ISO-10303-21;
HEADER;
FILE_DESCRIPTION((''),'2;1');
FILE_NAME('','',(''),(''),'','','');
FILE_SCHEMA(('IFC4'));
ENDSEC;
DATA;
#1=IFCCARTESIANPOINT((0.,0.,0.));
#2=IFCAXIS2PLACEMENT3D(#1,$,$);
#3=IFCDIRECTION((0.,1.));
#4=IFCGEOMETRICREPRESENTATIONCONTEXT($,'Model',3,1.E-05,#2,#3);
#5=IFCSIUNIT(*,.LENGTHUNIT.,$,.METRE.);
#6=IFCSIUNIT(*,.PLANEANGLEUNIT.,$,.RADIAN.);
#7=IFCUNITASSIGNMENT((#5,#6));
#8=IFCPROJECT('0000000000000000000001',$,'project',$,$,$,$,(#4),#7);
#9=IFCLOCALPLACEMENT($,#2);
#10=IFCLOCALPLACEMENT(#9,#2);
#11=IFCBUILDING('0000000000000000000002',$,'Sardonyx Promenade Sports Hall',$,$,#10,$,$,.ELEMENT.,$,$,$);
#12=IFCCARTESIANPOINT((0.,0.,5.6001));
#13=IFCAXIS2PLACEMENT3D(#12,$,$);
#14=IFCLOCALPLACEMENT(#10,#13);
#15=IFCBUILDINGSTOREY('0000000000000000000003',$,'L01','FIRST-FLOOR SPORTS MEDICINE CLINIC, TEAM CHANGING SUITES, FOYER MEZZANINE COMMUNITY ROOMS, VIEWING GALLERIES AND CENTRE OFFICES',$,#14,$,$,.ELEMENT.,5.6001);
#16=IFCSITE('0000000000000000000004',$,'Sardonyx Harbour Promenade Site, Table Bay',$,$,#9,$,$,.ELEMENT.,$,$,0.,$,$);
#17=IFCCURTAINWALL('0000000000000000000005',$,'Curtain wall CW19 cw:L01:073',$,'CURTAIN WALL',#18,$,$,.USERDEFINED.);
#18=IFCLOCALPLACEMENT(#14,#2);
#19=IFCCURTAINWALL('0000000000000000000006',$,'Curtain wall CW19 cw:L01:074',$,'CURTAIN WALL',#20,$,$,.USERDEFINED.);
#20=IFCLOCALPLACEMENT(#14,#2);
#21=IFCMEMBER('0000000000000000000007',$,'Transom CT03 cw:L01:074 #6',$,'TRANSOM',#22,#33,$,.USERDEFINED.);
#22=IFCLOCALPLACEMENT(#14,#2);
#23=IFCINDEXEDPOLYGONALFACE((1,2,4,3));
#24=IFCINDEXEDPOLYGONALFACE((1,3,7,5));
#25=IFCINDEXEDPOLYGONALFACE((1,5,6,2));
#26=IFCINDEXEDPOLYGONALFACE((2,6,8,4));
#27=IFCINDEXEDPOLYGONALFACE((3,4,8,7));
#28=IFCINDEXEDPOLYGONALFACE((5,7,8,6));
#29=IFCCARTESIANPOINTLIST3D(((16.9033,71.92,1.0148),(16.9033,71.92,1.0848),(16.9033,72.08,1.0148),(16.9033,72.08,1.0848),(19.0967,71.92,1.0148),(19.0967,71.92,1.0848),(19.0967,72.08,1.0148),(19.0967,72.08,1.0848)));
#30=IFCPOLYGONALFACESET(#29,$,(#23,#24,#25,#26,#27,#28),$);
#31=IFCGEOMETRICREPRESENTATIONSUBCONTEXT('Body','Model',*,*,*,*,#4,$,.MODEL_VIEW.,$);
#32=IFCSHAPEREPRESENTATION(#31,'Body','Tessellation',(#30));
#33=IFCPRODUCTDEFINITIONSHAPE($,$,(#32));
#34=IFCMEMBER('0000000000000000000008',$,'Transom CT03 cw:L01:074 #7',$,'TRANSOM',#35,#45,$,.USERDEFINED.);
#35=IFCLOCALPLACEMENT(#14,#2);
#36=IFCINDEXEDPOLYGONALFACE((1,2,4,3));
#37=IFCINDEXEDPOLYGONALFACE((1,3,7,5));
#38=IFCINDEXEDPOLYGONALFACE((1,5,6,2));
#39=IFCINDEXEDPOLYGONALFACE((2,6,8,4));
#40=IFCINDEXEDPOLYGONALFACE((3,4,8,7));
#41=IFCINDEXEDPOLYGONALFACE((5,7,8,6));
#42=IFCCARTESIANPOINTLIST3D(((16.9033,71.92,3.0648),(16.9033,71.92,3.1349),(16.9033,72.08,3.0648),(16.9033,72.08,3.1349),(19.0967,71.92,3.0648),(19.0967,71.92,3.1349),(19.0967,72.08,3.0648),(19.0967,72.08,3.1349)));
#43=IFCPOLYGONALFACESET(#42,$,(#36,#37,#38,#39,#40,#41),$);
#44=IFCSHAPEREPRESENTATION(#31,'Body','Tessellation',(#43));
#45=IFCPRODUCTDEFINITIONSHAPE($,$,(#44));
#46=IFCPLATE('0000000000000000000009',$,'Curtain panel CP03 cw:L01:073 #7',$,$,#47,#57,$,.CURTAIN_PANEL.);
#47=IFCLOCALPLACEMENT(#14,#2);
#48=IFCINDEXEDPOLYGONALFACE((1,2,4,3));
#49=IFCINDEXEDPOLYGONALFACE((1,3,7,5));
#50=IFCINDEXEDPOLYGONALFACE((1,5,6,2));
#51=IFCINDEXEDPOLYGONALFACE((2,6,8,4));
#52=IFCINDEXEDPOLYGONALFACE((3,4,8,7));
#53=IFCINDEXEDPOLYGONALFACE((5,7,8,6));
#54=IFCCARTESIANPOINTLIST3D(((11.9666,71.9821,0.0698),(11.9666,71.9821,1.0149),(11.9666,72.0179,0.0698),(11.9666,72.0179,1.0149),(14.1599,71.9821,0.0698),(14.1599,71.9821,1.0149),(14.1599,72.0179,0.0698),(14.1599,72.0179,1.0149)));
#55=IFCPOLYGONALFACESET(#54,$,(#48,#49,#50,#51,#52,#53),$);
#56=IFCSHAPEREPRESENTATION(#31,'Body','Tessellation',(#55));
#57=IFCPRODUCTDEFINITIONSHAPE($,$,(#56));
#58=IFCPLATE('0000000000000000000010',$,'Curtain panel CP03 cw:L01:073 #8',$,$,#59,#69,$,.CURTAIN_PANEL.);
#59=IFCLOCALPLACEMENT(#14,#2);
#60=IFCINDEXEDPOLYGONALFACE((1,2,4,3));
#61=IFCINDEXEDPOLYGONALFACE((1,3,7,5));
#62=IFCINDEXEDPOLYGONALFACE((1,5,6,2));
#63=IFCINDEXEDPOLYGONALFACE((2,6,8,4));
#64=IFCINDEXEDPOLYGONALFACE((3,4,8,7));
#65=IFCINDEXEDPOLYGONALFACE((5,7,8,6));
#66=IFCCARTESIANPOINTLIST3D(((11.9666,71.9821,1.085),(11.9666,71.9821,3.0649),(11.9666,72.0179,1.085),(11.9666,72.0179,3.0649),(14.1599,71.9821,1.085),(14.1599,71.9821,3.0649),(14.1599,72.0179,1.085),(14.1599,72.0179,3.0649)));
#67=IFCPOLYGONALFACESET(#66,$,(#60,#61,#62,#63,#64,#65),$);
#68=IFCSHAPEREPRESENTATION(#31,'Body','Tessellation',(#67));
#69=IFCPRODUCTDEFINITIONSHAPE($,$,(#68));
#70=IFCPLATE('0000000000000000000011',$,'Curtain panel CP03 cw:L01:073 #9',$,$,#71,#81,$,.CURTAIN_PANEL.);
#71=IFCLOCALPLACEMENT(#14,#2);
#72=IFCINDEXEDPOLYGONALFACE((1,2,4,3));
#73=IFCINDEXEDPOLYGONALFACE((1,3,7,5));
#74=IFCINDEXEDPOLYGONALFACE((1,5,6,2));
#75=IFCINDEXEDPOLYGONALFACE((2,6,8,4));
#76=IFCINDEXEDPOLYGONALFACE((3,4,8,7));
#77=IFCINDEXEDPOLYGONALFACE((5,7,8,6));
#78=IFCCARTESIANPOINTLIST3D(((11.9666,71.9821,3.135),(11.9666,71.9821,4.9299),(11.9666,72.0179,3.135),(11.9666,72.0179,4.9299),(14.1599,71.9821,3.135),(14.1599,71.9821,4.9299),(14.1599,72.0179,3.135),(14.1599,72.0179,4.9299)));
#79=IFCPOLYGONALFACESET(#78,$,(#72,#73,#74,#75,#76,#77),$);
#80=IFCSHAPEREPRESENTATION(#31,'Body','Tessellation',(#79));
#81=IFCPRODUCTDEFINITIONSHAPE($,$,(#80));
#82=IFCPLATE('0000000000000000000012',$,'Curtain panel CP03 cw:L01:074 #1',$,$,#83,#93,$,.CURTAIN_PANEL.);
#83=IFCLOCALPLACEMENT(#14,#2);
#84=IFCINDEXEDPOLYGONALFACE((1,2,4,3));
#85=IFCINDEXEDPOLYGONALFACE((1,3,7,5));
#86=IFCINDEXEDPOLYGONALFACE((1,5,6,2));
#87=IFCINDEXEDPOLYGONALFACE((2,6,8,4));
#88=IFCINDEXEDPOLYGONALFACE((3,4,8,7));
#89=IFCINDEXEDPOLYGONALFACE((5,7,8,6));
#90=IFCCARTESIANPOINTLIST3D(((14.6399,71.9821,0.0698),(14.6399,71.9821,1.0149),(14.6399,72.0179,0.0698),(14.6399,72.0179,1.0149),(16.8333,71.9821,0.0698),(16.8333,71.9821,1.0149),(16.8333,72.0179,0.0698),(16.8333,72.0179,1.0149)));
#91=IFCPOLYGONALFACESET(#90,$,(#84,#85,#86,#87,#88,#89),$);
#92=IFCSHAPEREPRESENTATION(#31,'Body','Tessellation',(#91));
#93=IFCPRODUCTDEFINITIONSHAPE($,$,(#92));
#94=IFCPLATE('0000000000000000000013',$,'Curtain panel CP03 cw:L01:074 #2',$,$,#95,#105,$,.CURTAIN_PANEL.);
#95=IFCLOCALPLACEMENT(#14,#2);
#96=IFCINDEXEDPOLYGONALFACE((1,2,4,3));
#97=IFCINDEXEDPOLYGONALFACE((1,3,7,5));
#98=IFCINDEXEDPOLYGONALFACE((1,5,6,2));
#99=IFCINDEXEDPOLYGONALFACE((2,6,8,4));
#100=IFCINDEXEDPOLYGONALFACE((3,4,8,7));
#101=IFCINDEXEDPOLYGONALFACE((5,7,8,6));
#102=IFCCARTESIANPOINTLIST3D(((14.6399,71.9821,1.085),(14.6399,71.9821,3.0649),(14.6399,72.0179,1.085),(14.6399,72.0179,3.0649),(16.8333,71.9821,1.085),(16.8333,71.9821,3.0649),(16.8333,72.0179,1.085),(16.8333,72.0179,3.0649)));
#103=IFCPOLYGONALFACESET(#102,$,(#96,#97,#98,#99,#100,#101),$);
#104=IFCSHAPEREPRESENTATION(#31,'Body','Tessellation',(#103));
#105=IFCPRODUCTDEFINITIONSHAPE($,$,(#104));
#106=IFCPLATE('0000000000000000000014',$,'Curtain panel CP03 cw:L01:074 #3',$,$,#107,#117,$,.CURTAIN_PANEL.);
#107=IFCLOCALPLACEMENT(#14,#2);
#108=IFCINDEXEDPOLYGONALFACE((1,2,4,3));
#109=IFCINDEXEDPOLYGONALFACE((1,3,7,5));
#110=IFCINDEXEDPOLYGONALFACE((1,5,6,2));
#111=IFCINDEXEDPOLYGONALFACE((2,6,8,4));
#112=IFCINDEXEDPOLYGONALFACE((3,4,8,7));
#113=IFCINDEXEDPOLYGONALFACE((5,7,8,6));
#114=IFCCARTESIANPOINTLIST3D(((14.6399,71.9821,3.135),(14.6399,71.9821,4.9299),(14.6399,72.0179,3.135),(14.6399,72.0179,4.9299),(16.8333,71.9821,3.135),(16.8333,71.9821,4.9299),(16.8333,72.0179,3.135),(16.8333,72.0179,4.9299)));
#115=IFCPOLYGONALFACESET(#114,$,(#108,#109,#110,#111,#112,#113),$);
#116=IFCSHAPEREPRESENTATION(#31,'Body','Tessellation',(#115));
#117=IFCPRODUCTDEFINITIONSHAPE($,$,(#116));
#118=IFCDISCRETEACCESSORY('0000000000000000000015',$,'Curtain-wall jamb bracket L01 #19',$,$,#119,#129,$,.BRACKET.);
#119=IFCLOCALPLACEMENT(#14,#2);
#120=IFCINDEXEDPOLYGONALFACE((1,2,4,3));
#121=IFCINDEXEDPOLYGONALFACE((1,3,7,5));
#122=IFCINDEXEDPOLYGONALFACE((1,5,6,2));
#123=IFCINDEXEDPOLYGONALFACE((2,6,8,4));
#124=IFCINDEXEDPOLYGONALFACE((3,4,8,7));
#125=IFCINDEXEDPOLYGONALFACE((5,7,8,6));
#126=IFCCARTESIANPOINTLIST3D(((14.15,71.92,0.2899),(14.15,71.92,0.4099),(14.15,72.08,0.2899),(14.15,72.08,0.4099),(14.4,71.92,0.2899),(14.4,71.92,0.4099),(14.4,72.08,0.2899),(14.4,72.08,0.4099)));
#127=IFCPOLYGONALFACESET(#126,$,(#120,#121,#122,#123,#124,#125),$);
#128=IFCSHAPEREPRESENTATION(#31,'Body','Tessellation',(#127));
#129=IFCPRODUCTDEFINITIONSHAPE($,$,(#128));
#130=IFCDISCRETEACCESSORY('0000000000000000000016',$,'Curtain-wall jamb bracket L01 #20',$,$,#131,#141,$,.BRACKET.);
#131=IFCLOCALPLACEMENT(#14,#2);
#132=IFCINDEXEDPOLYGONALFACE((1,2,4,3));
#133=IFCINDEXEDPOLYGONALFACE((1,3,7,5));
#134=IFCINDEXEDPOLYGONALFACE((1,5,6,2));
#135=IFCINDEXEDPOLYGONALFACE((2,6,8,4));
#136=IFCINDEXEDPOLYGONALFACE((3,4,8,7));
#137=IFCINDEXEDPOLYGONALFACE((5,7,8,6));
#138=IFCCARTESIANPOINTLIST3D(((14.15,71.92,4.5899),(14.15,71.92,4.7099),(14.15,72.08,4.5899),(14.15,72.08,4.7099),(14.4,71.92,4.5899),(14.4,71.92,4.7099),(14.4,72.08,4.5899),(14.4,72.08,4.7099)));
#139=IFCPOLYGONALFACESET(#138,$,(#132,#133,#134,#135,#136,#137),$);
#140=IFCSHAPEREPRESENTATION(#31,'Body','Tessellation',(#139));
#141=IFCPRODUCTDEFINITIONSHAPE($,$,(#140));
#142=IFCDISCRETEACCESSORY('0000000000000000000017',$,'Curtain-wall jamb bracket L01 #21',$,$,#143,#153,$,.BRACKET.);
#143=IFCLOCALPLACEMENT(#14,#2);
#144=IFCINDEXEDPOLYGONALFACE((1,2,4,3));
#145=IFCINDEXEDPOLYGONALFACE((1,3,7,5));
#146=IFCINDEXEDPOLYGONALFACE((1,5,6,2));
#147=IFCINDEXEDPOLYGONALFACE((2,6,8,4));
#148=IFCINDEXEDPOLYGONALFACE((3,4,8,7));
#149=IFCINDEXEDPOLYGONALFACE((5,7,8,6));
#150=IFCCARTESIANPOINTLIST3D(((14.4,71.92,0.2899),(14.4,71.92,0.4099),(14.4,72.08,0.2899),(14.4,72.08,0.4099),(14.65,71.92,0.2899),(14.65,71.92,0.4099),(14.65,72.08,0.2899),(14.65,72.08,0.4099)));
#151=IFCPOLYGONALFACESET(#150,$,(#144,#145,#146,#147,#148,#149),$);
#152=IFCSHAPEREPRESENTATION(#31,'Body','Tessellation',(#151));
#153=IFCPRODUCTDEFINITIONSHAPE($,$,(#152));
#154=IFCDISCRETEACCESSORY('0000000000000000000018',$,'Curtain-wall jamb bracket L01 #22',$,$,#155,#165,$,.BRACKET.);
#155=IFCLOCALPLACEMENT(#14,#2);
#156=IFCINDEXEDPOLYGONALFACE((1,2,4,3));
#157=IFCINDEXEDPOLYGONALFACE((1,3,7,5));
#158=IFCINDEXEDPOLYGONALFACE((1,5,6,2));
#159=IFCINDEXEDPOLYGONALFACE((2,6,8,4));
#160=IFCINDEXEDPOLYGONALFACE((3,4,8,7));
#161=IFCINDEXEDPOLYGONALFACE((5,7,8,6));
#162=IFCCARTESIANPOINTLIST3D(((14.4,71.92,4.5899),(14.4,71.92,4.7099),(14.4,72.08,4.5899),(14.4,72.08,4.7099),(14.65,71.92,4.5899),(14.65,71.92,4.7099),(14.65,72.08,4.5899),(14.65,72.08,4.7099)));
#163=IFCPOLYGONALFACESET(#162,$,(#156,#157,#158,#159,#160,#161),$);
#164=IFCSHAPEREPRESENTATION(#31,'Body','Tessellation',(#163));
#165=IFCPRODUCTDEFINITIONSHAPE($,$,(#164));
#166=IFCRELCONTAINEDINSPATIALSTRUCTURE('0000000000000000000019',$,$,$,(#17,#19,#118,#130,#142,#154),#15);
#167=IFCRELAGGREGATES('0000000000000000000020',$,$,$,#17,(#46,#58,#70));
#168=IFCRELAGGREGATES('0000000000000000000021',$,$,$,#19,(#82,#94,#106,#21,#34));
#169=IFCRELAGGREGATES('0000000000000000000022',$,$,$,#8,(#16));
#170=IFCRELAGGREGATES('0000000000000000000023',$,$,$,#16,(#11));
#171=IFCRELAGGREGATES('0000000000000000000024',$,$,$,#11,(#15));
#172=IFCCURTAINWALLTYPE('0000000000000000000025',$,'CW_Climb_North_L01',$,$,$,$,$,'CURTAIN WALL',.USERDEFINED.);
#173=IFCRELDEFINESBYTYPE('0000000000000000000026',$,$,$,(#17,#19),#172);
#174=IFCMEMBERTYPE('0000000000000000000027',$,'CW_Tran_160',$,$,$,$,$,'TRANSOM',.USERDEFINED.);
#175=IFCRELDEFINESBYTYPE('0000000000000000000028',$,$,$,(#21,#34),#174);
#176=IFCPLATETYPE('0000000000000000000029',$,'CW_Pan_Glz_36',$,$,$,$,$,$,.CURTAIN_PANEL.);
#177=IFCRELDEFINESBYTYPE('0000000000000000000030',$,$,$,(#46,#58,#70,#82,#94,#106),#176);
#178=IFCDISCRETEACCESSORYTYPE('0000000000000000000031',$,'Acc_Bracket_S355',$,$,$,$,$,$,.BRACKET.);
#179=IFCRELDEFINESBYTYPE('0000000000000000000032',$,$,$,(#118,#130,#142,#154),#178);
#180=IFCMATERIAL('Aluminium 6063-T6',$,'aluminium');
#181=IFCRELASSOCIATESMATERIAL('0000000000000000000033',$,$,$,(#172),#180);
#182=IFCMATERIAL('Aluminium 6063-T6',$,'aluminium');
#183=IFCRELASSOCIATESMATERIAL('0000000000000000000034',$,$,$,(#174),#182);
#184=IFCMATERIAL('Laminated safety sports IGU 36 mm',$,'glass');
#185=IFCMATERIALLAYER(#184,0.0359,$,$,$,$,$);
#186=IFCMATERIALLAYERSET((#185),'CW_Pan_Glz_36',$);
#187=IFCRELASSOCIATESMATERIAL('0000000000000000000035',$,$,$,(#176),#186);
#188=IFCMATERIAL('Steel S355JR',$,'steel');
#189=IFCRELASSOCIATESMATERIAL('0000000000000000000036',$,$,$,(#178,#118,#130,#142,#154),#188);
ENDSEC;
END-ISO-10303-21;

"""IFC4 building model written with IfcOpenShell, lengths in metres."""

from ifc_helpers import new_model, si_unit, direction, frame, origin, origin_2d, place, context, subcontext, project, spatial, rectangle, extrude, material, layer, layer_set, material_profile, profile_set, type_object, element, aggregate, save


model = new_model("IFC4")

# Units and contexts
model_context = context("Model", 3, precision=1e-05, world=origin(), true_north=direction((0.0, 1.0)))
body_context = subcontext(model_context, "Body", "Model", "MODEL_VIEW")
ifc_project = project(units=[si_unit("LENGTHUNIT", "METRE"), si_unit("PLANEANGLEUNIT", "RADIAN")], contexts=[model_context])

# Site, building, storey
site_placement = place(None, origin())
site = spatial("IfcSite", under=ifc_project, at=site_placement, Name="Sardonyx Harbour Promenade Site, Table Bay", CompositionType="ELEMENT", RefElevation=0.0)
building_placement = place(site_placement, origin())
building = spatial("IfcBuilding", under=site, at=building_placement, Name="Sardonyx Promenade Sports Hall", CompositionType="ELEMENT")
storey_placement = place(building_placement, frame((0.0, 0.0, 5.6001)))
storey = spatial("IfcBuildingStorey", under=building, at=storey_placement, Name="L01", Description="FIRST-FLOOR SPORTS MEDICINE CLINIC, TEAM CHANGING SUITES, FOYER MEZZANINE COMMUNITY ROOMS, VIEWING GALLERIES AND CENTRE OFFICES", CompositionType="ELEMENT", Elevation=5.6001)

# Curtain wall
ifc_material_1 = material(Name="Aluminium 6063-T6", Category="aluminium")
curtain_wall_type = type_object("IfcCurtainWallType", Name="CW_Climb_North_L01", ElementType="CURTAIN WALL", PredefinedType="USERDEFINED", material=ifc_material_1)
curtain_wall_1_placement = place(storey_placement, origin())
curtain_wall_1 = element("IfcCurtainWall", 1, at=curtain_wall_1_placement, inside=storey, type_object=curtain_wall_type, Name="Curtain wall CW19 cw:L01:073", ObjectType="CURTAIN WALL", PredefinedType="USERDEFINED")

# Curtain wall
curtain_wall_2_placement = place(storey_placement, origin())
curtain_wall_2 = element("IfcCurtainWall", 2, at=curtain_wall_2_placement, inside=storey, type_object=curtain_wall_type, Name="Curtain wall CW19 cw:L01:074", ObjectType="CURTAIN WALL", PredefinedType="USERDEFINED")

# Members
ifc_material_2 = material(Name="Aluminium 6063-T6", Category="aluminium")
ifc_material_profile_1 = material_profile(ifc_material_2, rectangle(XDim=0.0701, YDim=0.1599, at=origin_2d()))
ifc_profile_set_1 = profile_set([ifc_material_profile_1], Name="Aluminium 6063-T6")
member_type_1 = type_object("IfcMemberType", Name="CW_Tran_160", ElementType="TRANSOM", PredefinedType="USERDEFINED", material=ifc_profile_set_1)
member_1_placement = place(storey_placement, frame((16.9033, 72.0, 1.0498), z_axis=(1.0, 0.0, 0.0), x_axis=(0.0, 0.0, 1.0)))
member_1 = element("IfcMember", 3, at=member_1_placement, type_object=member_type_1, Name="Transom CT03 cw:L01:074 #6", ObjectType="TRANSOM", PredefinedType="USERDEFINED", context=body_context, shape_type="SweptSolid", body=[
    extrude(rectangle(XDim=0.0701, YDim=0.1599, at=origin_2d()), origin(), (0.0, 0.0, 1.0), 2.1934),
])
member_2_placement = place(storey_placement, frame((16.9033, 72.0, 3.0999), z_axis=(1.0, 0.0, 0.0), x_axis=(0.0, 0.0, 1.0)))
member_2 = element("IfcMember", 4, at=member_2_placement, type_object=member_type_1, Name="Transom CT03 cw:L01:074 #7", ObjectType="TRANSOM", PredefinedType="USERDEFINED", context=body_context, shape_type="SweptSolid", body=[
    extrude(rectangle(XDim=0.0701, YDim=0.1599, at=origin_2d()), origin(), (0.0, 0.0, 1.0), 2.1934),
])

# Plates
ifc_material_3 = material(Name="Laminated safety sports IGU 36 mm", Category="glass")
ifc_layer = layer(ifc_material_3, 0.0359)
ifc_layer_set = layer_set([ifc_layer], Name="CW_Pan_Glz_36")
plate_type = type_object("IfcPlateType", Name="CW_Pan_Glz_36", PredefinedType="CURTAIN_PANEL", material=ifc_layer_set)
plate_1_placement = place(storey_placement, frame((13.0632, 72.0, 0.0698), z_axis=(0.0, 0.0, 1.0), x_axis=(1.0, 0.0, 0.0)))
plate_1 = element("IfcPlate", 5, at=plate_1_placement, type_object=plate_type, Name="Curtain panel CP03 cw:L01:073 #7", PredefinedType="CURTAIN_PANEL", context=body_context, shape_type="SweptSolid", body=[
    extrude(rectangle(XDim=2.1934, YDim=0.0359, at=origin_2d()), origin(), (0.0, 0.0, 1.0), 0.9451),
])
plate_2_placement = place(storey_placement, frame((13.0632, 72.0, 1.085), z_axis=(0.0, 0.0, 1.0), x_axis=(1.0, 0.0, 0.0)))
plate_2 = element("IfcPlate", 6, at=plate_2_placement, type_object=plate_type, Name="Curtain panel CP03 cw:L01:073 #8", PredefinedType="CURTAIN_PANEL", context=body_context, shape_type="SweptSolid", body=[
    extrude(rectangle(XDim=2.1934, YDim=0.0359, at=origin_2d()), origin(), (0.0, 0.0, 1.0), 1.98),
])
plate_3_placement = place(storey_placement, frame((13.0632, 72.0, 3.135), z_axis=(0.0, 0.0, 1.0), x_axis=(1.0, 0.0, 0.0)))
plate_3 = element("IfcPlate", 7, at=plate_3_placement, type_object=plate_type, Name="Curtain panel CP03 cw:L01:073 #9", PredefinedType="CURTAIN_PANEL", context=body_context, shape_type="SweptSolid", body=[
    extrude(rectangle(XDim=2.1934, YDim=0.0359, at=origin_2d()), origin(), (0.0, 0.0, 1.0), 1.7949),
])
aggregate(curtain_wall_1, [plate_1, plate_2, plate_3])
plate_4_placement = place(storey_placement, frame((15.7366, 72.0, 0.0698), z_axis=(0.0, 0.0, 1.0), x_axis=(1.0, 0.0, 0.0)))
plate_4 = element("IfcPlate", 8, at=plate_4_placement, type_object=plate_type, Name="Curtain panel CP03 cw:L01:074 #1", PredefinedType="CURTAIN_PANEL", context=body_context, shape_type="SweptSolid", body=[
    extrude(rectangle(XDim=2.1934, YDim=0.0359, at=origin_2d()), origin(), (0.0, 0.0, 1.0), 0.9451),
])
plate_5_placement = place(storey_placement, frame((15.7366, 72.0, 1.085), z_axis=(0.0, 0.0, 1.0), x_axis=(1.0, 0.0, 0.0)))
plate_5 = element("IfcPlate", 9, at=plate_5_placement, type_object=plate_type, Name="Curtain panel CP03 cw:L01:074 #2", PredefinedType="CURTAIN_PANEL", context=body_context, shape_type="SweptSolid", body=[
    extrude(rectangle(XDim=2.1934, YDim=0.0359, at=origin_2d()), origin(), (0.0, 0.0, 1.0), 1.98),
])
plate_6_placement = place(storey_placement, frame((15.7366, 72.0, 3.135), z_axis=(0.0, 0.0, 1.0), x_axis=(1.0, 0.0, 0.0)))
plate_6 = element("IfcPlate", 10, at=plate_6_placement, type_object=plate_type, Name="Curtain panel CP03 cw:L01:074 #3", PredefinedType="CURTAIN_PANEL", context=body_context, shape_type="SweptSolid", body=[
    extrude(rectangle(XDim=2.1934, YDim=0.0359, at=origin_2d()), origin(), (0.0, 0.0, 1.0), 1.7949),
])
aggregate(curtain_wall_2, [plate_4, plate_5, plate_6, member_1, member_2])

# Discrete accessories
ifc_material_4 = material(Name="Steel S355JR", Category="steel")
discrete_accessory_type = type_object("IfcDiscreteAccessoryType", Name="Acc_Bracket_S355", PredefinedType="BRACKET", material=ifc_material_4)
for number, where, z_axis, x_axis, name in (
    (11, (14.275, 72.0, 0.2899), (0.0, 0.0, 1.0), (1.0, 0.0, 0.0), "Curtain-wall jamb bracket L01 #19"),
    (12, (14.275, 72.0, 4.5899), (0.0, 0.0, 1.0), (1.0, 0.0, 0.0), "Curtain-wall jamb bracket L01 #20"),
    (13, (14.525, 72.0, 0.2899), (0.0, 0.0, 1.0), (1.0, 0.0, 0.0), "Curtain-wall jamb bracket L01 #21"),
    (14, (14.525, 72.0, 4.5899), (0.0, 0.0, 1.0), (1.0, 0.0, 0.0), "Curtain-wall jamb bracket L01 #22"),
):
    element("IfcDiscreteAccessory", number, at=place(storey_placement, frame(where, z_axis=z_axis, x_axis=x_axis)), inside=storey, type_object=discrete_accessory_type, material=ifc_material_4, Name=name, PredefinedType="BRACKET", context=body_context, shape_type="SweptSolid", body=[
        extrude(rectangle(XDim=0.25, YDim=0.16), origin(), (0.0, 0.0, 1.0), 0.12),
    ])

save(model, "model.ifc")
